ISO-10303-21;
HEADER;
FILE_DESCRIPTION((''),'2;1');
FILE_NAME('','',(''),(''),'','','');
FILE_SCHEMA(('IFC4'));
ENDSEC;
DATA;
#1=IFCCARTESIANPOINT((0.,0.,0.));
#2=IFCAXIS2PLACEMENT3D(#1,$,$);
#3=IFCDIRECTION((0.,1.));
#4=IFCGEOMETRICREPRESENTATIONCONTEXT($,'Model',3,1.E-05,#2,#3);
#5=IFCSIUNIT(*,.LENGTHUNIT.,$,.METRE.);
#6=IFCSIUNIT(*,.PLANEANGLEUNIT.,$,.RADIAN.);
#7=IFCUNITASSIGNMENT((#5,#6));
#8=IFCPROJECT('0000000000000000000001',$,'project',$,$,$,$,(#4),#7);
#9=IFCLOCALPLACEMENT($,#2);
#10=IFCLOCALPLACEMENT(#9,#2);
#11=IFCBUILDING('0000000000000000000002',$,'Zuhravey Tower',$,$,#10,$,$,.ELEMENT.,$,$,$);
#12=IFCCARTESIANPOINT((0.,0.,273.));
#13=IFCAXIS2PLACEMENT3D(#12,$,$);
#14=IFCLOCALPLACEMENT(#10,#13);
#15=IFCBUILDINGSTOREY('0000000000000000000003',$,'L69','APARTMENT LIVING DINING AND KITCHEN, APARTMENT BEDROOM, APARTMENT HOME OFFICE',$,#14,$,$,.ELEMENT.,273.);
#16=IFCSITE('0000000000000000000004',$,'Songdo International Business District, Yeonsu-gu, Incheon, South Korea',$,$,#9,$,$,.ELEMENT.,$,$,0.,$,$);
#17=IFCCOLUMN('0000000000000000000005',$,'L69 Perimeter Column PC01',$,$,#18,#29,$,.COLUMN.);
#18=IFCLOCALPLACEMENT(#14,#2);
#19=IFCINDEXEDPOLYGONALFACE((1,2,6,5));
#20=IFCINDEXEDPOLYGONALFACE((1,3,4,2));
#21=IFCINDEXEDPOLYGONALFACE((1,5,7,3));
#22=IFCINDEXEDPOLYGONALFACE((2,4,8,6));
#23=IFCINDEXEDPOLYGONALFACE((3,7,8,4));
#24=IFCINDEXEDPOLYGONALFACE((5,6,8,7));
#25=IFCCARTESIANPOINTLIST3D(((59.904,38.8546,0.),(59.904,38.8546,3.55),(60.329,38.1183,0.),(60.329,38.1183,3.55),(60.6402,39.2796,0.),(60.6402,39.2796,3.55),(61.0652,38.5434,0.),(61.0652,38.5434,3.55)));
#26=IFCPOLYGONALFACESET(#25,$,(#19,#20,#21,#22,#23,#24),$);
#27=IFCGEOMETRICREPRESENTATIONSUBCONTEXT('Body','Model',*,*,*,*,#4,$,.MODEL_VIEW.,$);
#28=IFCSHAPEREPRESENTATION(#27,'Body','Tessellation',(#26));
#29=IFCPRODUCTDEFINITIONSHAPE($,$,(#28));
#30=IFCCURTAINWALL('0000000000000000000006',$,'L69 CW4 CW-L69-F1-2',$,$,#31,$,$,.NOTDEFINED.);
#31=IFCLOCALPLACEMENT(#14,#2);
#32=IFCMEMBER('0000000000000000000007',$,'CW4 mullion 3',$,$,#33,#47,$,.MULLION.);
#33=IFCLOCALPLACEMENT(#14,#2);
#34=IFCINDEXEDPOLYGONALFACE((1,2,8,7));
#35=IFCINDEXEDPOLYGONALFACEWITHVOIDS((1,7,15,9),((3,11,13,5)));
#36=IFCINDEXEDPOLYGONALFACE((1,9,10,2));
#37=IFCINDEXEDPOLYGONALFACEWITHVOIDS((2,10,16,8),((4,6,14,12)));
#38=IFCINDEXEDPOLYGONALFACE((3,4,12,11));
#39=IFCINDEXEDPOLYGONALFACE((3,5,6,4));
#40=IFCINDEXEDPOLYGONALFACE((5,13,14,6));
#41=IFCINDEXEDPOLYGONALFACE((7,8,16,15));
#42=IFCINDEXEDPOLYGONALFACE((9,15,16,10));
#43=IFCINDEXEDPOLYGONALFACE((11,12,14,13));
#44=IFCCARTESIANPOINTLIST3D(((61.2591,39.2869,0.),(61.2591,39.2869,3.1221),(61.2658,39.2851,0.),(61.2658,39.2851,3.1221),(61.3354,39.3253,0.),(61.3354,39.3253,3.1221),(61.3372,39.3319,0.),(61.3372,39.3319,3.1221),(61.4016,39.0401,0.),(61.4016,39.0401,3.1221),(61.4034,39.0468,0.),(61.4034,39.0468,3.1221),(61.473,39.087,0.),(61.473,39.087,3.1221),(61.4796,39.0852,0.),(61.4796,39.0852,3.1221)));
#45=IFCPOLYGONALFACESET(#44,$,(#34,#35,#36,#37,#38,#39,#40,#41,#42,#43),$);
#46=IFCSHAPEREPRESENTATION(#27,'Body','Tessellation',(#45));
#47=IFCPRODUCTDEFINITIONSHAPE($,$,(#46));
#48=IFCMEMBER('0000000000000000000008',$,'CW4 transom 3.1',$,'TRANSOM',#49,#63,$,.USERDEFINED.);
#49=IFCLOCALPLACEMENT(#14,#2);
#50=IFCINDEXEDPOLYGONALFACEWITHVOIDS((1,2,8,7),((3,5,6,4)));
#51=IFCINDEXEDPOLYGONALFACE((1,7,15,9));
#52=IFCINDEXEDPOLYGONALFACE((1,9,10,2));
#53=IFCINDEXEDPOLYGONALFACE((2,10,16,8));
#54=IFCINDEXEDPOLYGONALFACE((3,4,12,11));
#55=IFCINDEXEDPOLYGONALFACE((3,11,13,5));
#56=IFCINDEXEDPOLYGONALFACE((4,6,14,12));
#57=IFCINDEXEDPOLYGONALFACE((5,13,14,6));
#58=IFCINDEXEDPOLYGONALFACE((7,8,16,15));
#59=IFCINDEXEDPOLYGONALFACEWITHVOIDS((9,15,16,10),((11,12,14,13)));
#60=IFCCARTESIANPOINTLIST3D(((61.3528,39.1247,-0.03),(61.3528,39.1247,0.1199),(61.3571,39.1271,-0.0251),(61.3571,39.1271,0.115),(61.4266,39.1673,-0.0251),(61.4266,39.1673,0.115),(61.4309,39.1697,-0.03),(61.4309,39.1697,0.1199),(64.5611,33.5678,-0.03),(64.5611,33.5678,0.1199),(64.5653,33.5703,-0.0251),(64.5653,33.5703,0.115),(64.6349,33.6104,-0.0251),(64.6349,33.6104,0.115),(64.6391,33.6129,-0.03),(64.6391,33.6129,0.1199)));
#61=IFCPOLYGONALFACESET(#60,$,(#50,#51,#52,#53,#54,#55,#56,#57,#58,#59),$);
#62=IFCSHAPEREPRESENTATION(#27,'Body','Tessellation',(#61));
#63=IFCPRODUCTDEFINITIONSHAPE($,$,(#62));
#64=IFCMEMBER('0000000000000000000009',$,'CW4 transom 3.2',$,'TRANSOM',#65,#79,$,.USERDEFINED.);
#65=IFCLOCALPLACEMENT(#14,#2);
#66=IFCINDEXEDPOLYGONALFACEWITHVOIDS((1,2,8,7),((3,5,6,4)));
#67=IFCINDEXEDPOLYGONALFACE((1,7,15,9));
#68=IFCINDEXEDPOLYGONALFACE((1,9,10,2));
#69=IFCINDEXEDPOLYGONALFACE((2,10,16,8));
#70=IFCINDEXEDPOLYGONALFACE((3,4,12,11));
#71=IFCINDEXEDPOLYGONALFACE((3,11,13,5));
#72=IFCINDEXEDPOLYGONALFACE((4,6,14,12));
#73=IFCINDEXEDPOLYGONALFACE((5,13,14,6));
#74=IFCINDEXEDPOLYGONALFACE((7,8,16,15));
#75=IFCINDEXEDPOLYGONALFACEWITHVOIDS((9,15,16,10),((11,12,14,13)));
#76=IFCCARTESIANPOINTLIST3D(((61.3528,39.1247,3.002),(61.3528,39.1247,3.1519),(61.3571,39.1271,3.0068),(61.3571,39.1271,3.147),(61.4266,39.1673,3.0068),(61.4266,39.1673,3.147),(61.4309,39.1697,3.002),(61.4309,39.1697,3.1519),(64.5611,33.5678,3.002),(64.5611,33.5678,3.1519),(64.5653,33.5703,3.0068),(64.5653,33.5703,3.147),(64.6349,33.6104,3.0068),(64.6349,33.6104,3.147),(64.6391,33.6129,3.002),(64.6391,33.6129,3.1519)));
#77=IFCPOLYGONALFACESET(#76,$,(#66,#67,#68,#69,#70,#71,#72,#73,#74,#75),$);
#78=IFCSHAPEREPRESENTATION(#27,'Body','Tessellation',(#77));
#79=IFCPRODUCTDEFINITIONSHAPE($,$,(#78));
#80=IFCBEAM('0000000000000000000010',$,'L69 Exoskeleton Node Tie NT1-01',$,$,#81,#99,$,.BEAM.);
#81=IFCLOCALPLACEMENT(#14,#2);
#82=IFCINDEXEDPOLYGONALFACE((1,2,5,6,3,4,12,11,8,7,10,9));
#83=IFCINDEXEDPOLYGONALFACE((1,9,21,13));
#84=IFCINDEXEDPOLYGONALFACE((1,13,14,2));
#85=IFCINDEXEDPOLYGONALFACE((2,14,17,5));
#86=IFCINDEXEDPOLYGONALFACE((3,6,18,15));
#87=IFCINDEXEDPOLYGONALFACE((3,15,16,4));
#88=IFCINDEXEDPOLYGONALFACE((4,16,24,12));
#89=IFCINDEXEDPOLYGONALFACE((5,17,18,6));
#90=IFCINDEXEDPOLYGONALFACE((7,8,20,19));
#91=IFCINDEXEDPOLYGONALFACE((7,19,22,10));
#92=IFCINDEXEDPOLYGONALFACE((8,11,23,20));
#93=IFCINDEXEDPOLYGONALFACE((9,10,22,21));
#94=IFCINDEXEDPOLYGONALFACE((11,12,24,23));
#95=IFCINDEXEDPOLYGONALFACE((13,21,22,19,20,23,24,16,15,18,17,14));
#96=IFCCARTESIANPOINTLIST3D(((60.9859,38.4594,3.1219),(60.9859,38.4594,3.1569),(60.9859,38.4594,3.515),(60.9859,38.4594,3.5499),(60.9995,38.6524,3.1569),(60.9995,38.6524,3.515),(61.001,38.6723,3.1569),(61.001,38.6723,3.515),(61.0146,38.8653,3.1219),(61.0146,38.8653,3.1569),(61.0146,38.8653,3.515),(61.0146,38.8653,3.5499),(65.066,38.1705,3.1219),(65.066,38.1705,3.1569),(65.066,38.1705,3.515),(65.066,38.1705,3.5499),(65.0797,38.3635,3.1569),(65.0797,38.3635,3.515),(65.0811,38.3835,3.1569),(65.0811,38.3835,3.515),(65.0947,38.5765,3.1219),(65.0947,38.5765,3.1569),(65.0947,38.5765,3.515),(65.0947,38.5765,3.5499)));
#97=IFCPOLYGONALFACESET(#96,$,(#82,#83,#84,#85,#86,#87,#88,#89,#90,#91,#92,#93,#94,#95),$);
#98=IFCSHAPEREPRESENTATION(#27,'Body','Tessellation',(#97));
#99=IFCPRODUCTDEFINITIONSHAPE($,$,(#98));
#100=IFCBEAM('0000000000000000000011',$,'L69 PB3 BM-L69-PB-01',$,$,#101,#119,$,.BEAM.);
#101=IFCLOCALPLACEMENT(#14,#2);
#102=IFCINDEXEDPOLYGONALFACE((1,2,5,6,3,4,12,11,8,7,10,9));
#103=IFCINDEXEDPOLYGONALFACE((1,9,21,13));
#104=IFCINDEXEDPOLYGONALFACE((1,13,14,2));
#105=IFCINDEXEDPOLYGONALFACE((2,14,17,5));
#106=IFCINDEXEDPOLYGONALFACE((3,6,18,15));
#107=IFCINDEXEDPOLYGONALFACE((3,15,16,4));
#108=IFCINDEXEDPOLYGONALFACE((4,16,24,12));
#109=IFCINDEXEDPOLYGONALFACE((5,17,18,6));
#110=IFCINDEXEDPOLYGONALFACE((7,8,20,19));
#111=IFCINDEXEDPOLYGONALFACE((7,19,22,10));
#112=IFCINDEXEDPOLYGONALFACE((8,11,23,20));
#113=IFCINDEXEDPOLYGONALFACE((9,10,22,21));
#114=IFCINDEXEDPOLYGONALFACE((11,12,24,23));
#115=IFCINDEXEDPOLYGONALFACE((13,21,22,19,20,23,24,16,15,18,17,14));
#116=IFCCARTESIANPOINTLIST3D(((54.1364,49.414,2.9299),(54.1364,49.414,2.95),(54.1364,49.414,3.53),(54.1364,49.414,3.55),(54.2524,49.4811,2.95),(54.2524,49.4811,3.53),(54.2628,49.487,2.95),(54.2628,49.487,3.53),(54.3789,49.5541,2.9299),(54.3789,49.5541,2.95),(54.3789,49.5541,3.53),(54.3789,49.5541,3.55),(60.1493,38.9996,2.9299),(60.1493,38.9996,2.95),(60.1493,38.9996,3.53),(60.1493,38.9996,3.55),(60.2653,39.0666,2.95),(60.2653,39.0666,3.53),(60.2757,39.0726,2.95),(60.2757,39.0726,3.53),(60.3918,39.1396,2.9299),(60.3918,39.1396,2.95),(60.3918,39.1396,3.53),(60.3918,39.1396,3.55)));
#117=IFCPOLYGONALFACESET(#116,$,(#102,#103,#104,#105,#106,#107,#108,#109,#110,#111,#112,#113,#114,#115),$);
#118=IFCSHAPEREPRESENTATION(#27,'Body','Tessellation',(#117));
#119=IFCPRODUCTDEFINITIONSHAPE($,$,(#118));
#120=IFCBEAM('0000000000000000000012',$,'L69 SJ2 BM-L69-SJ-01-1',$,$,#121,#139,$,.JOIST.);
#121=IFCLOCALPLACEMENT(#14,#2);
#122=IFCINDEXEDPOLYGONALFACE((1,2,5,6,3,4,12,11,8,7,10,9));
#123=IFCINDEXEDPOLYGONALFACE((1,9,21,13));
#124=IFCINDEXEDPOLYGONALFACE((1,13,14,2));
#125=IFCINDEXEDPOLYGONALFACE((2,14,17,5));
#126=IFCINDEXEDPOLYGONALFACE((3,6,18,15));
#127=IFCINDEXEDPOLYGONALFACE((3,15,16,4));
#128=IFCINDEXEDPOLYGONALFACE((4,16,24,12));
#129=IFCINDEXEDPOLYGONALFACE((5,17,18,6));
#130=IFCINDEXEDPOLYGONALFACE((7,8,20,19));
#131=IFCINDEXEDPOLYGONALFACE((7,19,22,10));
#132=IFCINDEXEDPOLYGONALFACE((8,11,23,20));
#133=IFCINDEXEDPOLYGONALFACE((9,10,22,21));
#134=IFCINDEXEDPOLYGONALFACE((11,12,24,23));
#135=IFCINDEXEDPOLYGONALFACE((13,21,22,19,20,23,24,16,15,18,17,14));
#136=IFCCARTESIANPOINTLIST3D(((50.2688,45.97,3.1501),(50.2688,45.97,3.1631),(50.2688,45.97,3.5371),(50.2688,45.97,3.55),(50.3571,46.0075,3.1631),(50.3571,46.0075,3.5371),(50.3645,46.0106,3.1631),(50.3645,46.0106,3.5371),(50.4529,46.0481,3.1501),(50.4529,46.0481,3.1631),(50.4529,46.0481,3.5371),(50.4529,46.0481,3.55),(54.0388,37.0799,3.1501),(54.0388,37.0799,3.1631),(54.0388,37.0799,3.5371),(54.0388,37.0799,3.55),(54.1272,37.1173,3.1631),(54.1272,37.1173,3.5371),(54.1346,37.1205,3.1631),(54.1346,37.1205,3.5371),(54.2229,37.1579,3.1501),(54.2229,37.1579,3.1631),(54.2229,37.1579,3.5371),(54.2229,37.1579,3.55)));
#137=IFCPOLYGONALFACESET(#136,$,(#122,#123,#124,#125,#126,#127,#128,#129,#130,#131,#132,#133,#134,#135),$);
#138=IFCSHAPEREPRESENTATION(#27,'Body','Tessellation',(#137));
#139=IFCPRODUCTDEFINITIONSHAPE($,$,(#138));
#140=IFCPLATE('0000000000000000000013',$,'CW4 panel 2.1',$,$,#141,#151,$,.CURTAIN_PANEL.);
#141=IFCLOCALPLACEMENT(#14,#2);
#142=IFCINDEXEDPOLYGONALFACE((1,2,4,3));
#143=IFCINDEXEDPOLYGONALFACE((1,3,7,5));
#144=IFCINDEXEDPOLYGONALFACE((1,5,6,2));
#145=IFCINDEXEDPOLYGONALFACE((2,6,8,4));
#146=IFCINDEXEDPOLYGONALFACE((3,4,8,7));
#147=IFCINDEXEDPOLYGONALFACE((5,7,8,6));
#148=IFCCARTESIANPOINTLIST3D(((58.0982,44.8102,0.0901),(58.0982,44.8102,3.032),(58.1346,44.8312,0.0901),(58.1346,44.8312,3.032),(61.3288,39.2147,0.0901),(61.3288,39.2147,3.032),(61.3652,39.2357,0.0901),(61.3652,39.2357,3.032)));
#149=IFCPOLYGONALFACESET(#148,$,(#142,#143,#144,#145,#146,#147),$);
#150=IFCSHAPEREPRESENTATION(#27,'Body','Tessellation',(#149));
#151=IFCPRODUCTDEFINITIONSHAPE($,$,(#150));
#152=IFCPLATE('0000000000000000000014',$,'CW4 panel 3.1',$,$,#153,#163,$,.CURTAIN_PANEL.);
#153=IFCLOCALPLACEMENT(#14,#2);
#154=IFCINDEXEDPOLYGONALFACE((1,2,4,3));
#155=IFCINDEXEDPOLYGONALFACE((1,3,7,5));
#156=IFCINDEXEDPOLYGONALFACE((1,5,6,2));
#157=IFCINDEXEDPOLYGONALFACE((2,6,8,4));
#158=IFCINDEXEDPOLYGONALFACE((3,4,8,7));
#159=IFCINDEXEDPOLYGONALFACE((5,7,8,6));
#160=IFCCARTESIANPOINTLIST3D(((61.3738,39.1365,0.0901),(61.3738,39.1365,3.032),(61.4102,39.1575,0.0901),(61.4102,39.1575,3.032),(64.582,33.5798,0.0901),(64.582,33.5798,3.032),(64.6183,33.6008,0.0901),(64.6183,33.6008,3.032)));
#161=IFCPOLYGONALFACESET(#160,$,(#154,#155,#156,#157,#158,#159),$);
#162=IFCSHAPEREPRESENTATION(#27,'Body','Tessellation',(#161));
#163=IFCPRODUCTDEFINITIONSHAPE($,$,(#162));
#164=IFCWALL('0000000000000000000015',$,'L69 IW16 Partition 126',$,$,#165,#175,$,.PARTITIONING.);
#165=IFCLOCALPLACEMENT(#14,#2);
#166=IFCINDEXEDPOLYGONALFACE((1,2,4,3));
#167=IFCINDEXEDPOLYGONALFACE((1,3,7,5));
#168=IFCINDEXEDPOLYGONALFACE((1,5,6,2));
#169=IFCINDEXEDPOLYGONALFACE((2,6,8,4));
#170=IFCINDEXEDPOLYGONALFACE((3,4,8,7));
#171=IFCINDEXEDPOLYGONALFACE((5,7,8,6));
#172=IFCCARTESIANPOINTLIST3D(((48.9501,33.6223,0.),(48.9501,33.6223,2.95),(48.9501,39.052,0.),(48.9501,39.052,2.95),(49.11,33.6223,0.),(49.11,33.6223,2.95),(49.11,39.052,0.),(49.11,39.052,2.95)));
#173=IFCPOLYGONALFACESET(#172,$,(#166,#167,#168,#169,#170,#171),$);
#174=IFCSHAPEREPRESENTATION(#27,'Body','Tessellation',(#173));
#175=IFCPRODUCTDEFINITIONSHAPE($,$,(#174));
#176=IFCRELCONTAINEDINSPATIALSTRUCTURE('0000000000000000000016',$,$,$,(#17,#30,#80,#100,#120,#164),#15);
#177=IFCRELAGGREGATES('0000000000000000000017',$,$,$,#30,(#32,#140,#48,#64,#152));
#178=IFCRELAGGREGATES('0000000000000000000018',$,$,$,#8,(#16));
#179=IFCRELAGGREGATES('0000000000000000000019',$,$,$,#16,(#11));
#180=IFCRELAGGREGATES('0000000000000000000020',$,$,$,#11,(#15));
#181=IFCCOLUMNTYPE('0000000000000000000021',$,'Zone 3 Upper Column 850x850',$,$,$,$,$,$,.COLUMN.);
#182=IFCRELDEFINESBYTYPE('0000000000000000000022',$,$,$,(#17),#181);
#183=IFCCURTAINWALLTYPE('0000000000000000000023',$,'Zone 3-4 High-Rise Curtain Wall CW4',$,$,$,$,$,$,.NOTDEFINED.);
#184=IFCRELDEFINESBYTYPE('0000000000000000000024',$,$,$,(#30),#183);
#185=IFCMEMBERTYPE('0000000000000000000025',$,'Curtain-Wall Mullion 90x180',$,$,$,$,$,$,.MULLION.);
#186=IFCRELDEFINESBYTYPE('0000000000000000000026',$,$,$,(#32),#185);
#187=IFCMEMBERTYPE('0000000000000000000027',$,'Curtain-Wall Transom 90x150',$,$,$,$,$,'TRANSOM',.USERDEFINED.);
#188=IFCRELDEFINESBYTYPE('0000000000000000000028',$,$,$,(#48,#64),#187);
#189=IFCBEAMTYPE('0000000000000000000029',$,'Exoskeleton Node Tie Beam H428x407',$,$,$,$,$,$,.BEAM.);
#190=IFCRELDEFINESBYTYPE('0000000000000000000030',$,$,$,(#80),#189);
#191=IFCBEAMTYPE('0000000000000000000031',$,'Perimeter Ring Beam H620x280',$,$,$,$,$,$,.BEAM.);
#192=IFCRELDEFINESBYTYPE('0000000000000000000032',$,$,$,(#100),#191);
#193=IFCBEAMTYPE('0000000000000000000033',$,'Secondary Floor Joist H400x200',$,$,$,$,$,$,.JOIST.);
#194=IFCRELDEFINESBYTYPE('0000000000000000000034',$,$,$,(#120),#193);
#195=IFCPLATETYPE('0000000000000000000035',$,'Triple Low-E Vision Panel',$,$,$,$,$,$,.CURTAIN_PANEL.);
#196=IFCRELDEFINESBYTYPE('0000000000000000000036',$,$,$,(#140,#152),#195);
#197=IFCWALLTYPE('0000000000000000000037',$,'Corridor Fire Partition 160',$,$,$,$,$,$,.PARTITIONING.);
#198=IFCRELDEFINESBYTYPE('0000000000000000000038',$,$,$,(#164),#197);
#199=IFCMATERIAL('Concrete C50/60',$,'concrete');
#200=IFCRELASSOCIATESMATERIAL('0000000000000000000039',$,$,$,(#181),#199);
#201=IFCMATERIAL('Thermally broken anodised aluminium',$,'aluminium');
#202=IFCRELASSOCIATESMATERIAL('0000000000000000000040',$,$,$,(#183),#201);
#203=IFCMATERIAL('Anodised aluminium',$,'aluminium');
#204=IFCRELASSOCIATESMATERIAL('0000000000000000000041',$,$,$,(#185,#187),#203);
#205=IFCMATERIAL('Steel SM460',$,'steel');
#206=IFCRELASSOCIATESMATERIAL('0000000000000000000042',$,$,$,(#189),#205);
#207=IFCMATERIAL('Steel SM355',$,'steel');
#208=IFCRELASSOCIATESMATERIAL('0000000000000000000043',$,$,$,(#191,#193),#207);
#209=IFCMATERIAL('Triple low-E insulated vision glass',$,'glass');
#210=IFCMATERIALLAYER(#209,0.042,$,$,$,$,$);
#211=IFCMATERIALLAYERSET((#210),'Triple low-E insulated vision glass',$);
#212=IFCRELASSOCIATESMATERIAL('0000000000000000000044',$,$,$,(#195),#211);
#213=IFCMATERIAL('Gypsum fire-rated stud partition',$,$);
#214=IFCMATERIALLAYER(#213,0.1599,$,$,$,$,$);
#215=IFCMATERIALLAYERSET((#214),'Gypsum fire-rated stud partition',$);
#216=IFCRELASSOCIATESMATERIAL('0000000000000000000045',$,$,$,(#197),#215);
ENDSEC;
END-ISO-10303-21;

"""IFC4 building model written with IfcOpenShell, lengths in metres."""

from ifc_helpers import new_model, si_unit, direction, frame, frame_2d, origin, origin_2d, place, context, subcontext, project, spatial, rectangle, hollow_rectangle, i_section, extrude, material, layer, layer_set, material_profile, profile_set, type_object, element, aggregate, save


model = new_model("IFC4")

# Units and contexts
model_context = context("Model", 3, precision=1e-05, world=origin(), true_north=direction((0.0, 1.0)))
body_context = subcontext(model_context, "Body", "Model", "MODEL_VIEW")
ifc_project = project(units=[si_unit("LENGTHUNIT", "METRE"), si_unit("PLANEANGLEUNIT", "RADIAN")], contexts=[model_context])

# Site, building, storey
site_placement = place(None, origin())
site = spatial("IfcSite", under=ifc_project, at=site_placement, Name="Songdo International Business District, Yeonsu-gu, Incheon, South Korea", CompositionType="ELEMENT", RefElevation=0.0)
building_placement = place(site_placement, origin())
building = spatial("IfcBuilding", under=site, at=building_placement, Name="Zuhravey Tower", CompositionType="ELEMENT")
storey_placement = place(building_placement, frame((0.0, 0.0, 273.0)))
storey = spatial("IfcBuildingStorey", under=building, at=storey_placement, Name="L69", Description="APARTMENT LIVING DINING AND KITCHEN, APARTMENT BEDROOM, APARTMENT HOME OFFICE", CompositionType="ELEMENT", Elevation=273.0)

# Column
ifc_material_1 = material(Name="Concrete C50/60", Category="concrete")
ifc_material_profile_1 = material_profile(ifc_material_1, rectangle(XDim=0.8501, YDim=0.8501, at=origin_2d()), Name="RC-850x850")
ifc_profile_set_1 = profile_set([ifc_material_profile_1], Name="Concrete C50/60")
column_type = type_object("IfcColumnType", Name="Zone 3 Upper Column 850x850", PredefinedType="COLUMN", material=ifc_profile_set_1)
column_placement = place(storey_placement, frame((60.4846, 38.699, 0.0), z_axis=(0.0, 0.0, 1.0), x_axis=(-0.5, 0.866025, 0.0)))
element("IfcColumn", 1, at=column_placement, inside=storey, type_object=column_type, Name="L69 Perimeter Column PC01", PredefinedType="COLUMN", context=body_context, shape_type="SweptSolid", body=[
    extrude(rectangle(XDim=0.8501, YDim=0.8501, at=origin_2d()), origin(), (0.0, 0.0, 1.0), 3.55),
])

# Curtain wall, members
ifc_material_2 = material(Name="Thermally broken anodised aluminium", Category="aluminium")
curtain_wall_type = type_object("IfcCurtainWallType", Name="Zone 3-4 High-Rise Curtain Wall CW4", PredefinedType="NOTDEFINED", material=ifc_material_2)
curtain_wall_placement = place(storey_placement, origin())
curtain_wall = element("IfcCurtainWall", 2, at=curtain_wall_placement, inside=storey, type_object=curtain_wall_type, Name="L69 CW4 CW-L69-F1-2", PredefinedType="NOTDEFINED")
ifc_material_3 = material(Name="Anodised aluminium", Category="aluminium")
ifc_material_profile_2 = material_profile(ifc_material_3, hollow_rectangle(XDim=0.0901, YDim=0.2849, WallThickness=0.0049, at=origin_2d()), Name="ALU-RHS-90x285x5")
ifc_profile_set_2 = profile_set([ifc_material_profile_2], Name="Anodised aluminium")
member_type_1 = type_object("IfcMemberType", Name="Curtain-Wall Mullion 90x180", PredefinedType="MULLION", material=ifc_profile_set_2)
member_1_placement = place(storey_placement, frame((61.3694, 39.186, 0.0), z_axis=(0.0, 0.0, 1.0), x_axis=(0.866026, 0.5, 0.0)))
member_1 = element("IfcMember", 3, at=member_1_placement, type_object=member_type_1, Name="CW4 mullion 3", PredefinedType="MULLION", context=body_context, shape_type="SweptSolid", body=[
    extrude(hollow_rectangle(XDim=0.0901, YDim=0.2849, WallThickness=0.0049, at=origin_2d()), origin(), (0.0, 0.0, 1.0), 3.1221),
])
ifc_material_profile_3 = material_profile(ifc_material_3, hollow_rectangle(XDim=0.0901, YDim=0.1499, WallThickness=0.0049, at=origin_2d()), Name="ALU-RHS-90x150x5")
ifc_profile_set_3 = profile_set([ifc_material_profile_3], Name="Anodised aluminium")
member_type_2 = type_object("IfcMemberType", Name="Curtain-Wall Transom 90x150", ElementType="TRANSOM", PredefinedType="USERDEFINED", material=ifc_profile_set_3)
member_2_placement = place(storey_placement, frame((61.3918, 39.1472, 0.0449), z_axis=(0.499998, -0.866027, 0.0), x_axis=(0.866027, 0.499998, 0.0)))
member_2 = element("IfcMember", 4, at=member_2_placement, type_object=member_type_2, Name="CW4 transom 3.1", ObjectType="TRANSOM", PredefinedType="USERDEFINED", context=body_context, shape_type="SweptSolid", body=[
    extrude(hollow_rectangle(XDim=0.0901, YDim=0.1499, WallThickness=0.0049, at=origin_2d()), origin(), (0.0, 0.0, 1.0), 6.4165),
])
member_3_placement = place(storey_placement, frame((61.3918, 39.1472, 3.0769), z_axis=(0.499998, -0.866027, 0.0), x_axis=(0.866027, 0.499998, 0.0)))
member_3 = element("IfcMember", 5, at=member_3_placement, type_object=member_type_2, Name="CW4 transom 3.2", ObjectType="TRANSOM", PredefinedType="USERDEFINED", context=body_context, shape_type="SweptSolid", body=[
    extrude(hollow_rectangle(XDim=0.0901, YDim=0.1499, WallThickness=0.0049, at=origin_2d()), origin(), (0.0, 0.0, 1.0), 6.4165),
])

# Beams
ifc_material_4 = material(Name="Steel SM460", Category="steel")
ifc_material_profile_4 = material_profile(ifc_material_4, i_section(OverallWidth=0.407, OverallDepth=0.428, WebThickness=0.02, FlangeThickness=0.0349, at=origin_2d()), Name="H-428x407x20x35")
ifc_profile_set_4 = profile_set([ifc_material_profile_4], Name="Steel SM460")
beam_type_1 = type_object("IfcBeamType", Name="Exoskeleton Node Tie Beam H428x407", PredefinedType="BEAM", material=ifc_profile_set_4)
beam_1_placement = place(storey_placement, frame((61.0002, 38.6624, 3.3359), z_axis=(0.997504, -0.070611, 0.0), x_axis=(0.070611, 0.997504, 0.0)))
element("IfcBeam", 6, at=beam_1_placement, inside=storey, type_object=beam_type_1, Name="L69 Exoskeleton Node Tie NT1-01", PredefinedType="BEAM", context=body_context, shape_type="SweptSolid", body=[
    extrude(i_section(OverallWidth=0.407, OverallDepth=0.428, WebThickness=0.02, FlangeThickness=0.0349, at=origin_2d()), origin(), (0.0, 0.0, 1.0), 4.0903),
])
ifc_material_5 = material(Name="Steel SM355", Category="steel")
ifc_material_profile_5 = material_profile(ifc_material_5, i_section(OverallWidth=0.28, OverallDepth=0.6201, WebThickness=0.012, FlangeThickness=0.02, at=origin_2d()), Name="H-620x280x12x20")
ifc_profile_set_5 = profile_set([ifc_material_profile_5], Name="Steel SM355")
beam_type_2 = type_object("IfcBeamType", Name="Perimeter Ring Beam H620x280", PredefinedType="BEAM", material=ifc_profile_set_5)
beam_2_placement = place(storey_placement, frame((60.2705, 39.0696, 3.24), z_axis=(-0.500006, 0.866022, 0.0), x_axis=(-0.866022, -0.500006, 0.0)))
element("IfcBeam", 7, at=beam_2_placement, inside=storey, type_object=beam_type_2, Name="L69 PB3 BM-L69-PB-01", PredefinedType="BEAM", context=body_context, shape_type="SweptSolid", body=[
    extrude(i_section(OverallWidth=0.28, OverallDepth=0.6201, WebThickness=0.012, FlangeThickness=0.02, at=origin_2d()), origin(), (0.0, 0.0, 1.0), 12.0256),
])
ifc_material_profile_6 = material_profile(ifc_material_5, i_section(OverallWidth=0.2, OverallDepth=0.3999, WebThickness=0.0081, FlangeThickness=0.0129, at=origin_2d()), Name="H-400x200x8x13")
ifc_profile_set_6 = profile_set([ifc_material_profile_6], Name="Steel SM355")
beam_type_3 = type_object("IfcBeamType", Name="Secondary Floor Joist H400x200", PredefinedType="JOIST", material=ifc_profile_set_6)
beam_3_placement = place(storey_placement, frame((54.1309, 37.1189, 3.3501), z_axis=(-0.390413, 0.92064, 0.0), x_axis=(-0.92064, -0.390413, 0.0)))
element("IfcBeam", 8, at=beam_3_placement, inside=storey, type_object=beam_type_3, Name="L69 SJ2 BM-L69-SJ-01-1", PredefinedType="JOIST", context=body_context, shape_type="SweptSolid", body=[
    extrude(i_section(OverallWidth=0.2, OverallDepth=0.3999, WebThickness=0.0081, FlangeThickness=0.0129, at=origin_2d()), origin(), (0.0, 0.0, 1.0), 9.6565),
])

# Plates
ifc_material_6 = material(Name="Triple low-E insulated vision glass", Category="glass")
ifc_layer_1 = layer(ifc_material_6, 0.042)
ifc_layer_set_1 = layer_set([ifc_layer_1], Name="Triple low-E insulated vision glass")
plate_type = type_object("IfcPlateType", Name="Triple Low-E Vision Panel", PredefinedType="CURTAIN_PANEL", material=ifc_layer_set_1)
plate_1_placement = place(storey_placement, frame((59.7317, 42.0229, 0.0901), z_axis=(0.0, 0.0, 1.0), x_axis=(0.5, -0.866026, 0.0)))
plate_1 = element("IfcPlate", 9, at=plate_1_placement, type_object=plate_type, Name="CW4 panel 2.1", PredefinedType="CURTAIN_PANEL", context=body_context, shape_type="SweptSolid", body=[
    extrude(rectangle(XDim=6.4612, YDim=0.042, at=origin_2d()), origin(), (0.0, 0.0, 1.0), 2.9419),
])
plate_2_placement = place(storey_placement, frame((62.9961, 36.3687, 0.0901), z_axis=(0.0, 0.0, 1.0), x_axis=(0.5, -0.866026, 0.0)))
plate_2 = element("IfcPlate", 10, at=plate_2_placement, type_object=plate_type, Name="CW4 panel 3.1", PredefinedType="CURTAIN_PANEL", context=body_context, shape_type="SweptSolid", body=[
    extrude(rectangle(XDim=6.4163, YDim=0.042, at=origin_2d()), origin(), (0.0, 0.0, 1.0), 2.9419),
])
aggregate(curtain_wall, [member_1, plate_1, member_2, member_3, plate_2])

# Wall
ifc_material_7 = material(Name="Gypsum fire-rated stud partition")
ifc_layer_2 = layer(ifc_material_7, 0.1599)
ifc_layer_set_2 = layer_set([ifc_layer_2], Name="Gypsum fire-rated stud partition")
wall_type_1 = type_object("IfcWallType", Name="Corridor Fire Partition 160", PredefinedType="PARTITIONING", material=ifc_layer_set_2)
wall_1_placement = place(storey_placement, frame((49.03, 33.6223, 0.0), z_axis=(0.0, 0.0, 1.0), x_axis=(0.0, 1.0, 0.0)))
element("IfcWall", 11, at=wall_1_placement, inside=storey, type_object=wall_type_1, Name="L69 IW16 Partition 126", PredefinedType="PARTITIONING", context=body_context, shape_type="SweptSolid", body=[
    extrude(rectangle(XDim=5.4297, YDim=0.1599, at=frame_2d((2.7148, 0.0))), origin(), (0.0, 0.0, 1.0), 2.95),
])

save(model, "model.ifc")
